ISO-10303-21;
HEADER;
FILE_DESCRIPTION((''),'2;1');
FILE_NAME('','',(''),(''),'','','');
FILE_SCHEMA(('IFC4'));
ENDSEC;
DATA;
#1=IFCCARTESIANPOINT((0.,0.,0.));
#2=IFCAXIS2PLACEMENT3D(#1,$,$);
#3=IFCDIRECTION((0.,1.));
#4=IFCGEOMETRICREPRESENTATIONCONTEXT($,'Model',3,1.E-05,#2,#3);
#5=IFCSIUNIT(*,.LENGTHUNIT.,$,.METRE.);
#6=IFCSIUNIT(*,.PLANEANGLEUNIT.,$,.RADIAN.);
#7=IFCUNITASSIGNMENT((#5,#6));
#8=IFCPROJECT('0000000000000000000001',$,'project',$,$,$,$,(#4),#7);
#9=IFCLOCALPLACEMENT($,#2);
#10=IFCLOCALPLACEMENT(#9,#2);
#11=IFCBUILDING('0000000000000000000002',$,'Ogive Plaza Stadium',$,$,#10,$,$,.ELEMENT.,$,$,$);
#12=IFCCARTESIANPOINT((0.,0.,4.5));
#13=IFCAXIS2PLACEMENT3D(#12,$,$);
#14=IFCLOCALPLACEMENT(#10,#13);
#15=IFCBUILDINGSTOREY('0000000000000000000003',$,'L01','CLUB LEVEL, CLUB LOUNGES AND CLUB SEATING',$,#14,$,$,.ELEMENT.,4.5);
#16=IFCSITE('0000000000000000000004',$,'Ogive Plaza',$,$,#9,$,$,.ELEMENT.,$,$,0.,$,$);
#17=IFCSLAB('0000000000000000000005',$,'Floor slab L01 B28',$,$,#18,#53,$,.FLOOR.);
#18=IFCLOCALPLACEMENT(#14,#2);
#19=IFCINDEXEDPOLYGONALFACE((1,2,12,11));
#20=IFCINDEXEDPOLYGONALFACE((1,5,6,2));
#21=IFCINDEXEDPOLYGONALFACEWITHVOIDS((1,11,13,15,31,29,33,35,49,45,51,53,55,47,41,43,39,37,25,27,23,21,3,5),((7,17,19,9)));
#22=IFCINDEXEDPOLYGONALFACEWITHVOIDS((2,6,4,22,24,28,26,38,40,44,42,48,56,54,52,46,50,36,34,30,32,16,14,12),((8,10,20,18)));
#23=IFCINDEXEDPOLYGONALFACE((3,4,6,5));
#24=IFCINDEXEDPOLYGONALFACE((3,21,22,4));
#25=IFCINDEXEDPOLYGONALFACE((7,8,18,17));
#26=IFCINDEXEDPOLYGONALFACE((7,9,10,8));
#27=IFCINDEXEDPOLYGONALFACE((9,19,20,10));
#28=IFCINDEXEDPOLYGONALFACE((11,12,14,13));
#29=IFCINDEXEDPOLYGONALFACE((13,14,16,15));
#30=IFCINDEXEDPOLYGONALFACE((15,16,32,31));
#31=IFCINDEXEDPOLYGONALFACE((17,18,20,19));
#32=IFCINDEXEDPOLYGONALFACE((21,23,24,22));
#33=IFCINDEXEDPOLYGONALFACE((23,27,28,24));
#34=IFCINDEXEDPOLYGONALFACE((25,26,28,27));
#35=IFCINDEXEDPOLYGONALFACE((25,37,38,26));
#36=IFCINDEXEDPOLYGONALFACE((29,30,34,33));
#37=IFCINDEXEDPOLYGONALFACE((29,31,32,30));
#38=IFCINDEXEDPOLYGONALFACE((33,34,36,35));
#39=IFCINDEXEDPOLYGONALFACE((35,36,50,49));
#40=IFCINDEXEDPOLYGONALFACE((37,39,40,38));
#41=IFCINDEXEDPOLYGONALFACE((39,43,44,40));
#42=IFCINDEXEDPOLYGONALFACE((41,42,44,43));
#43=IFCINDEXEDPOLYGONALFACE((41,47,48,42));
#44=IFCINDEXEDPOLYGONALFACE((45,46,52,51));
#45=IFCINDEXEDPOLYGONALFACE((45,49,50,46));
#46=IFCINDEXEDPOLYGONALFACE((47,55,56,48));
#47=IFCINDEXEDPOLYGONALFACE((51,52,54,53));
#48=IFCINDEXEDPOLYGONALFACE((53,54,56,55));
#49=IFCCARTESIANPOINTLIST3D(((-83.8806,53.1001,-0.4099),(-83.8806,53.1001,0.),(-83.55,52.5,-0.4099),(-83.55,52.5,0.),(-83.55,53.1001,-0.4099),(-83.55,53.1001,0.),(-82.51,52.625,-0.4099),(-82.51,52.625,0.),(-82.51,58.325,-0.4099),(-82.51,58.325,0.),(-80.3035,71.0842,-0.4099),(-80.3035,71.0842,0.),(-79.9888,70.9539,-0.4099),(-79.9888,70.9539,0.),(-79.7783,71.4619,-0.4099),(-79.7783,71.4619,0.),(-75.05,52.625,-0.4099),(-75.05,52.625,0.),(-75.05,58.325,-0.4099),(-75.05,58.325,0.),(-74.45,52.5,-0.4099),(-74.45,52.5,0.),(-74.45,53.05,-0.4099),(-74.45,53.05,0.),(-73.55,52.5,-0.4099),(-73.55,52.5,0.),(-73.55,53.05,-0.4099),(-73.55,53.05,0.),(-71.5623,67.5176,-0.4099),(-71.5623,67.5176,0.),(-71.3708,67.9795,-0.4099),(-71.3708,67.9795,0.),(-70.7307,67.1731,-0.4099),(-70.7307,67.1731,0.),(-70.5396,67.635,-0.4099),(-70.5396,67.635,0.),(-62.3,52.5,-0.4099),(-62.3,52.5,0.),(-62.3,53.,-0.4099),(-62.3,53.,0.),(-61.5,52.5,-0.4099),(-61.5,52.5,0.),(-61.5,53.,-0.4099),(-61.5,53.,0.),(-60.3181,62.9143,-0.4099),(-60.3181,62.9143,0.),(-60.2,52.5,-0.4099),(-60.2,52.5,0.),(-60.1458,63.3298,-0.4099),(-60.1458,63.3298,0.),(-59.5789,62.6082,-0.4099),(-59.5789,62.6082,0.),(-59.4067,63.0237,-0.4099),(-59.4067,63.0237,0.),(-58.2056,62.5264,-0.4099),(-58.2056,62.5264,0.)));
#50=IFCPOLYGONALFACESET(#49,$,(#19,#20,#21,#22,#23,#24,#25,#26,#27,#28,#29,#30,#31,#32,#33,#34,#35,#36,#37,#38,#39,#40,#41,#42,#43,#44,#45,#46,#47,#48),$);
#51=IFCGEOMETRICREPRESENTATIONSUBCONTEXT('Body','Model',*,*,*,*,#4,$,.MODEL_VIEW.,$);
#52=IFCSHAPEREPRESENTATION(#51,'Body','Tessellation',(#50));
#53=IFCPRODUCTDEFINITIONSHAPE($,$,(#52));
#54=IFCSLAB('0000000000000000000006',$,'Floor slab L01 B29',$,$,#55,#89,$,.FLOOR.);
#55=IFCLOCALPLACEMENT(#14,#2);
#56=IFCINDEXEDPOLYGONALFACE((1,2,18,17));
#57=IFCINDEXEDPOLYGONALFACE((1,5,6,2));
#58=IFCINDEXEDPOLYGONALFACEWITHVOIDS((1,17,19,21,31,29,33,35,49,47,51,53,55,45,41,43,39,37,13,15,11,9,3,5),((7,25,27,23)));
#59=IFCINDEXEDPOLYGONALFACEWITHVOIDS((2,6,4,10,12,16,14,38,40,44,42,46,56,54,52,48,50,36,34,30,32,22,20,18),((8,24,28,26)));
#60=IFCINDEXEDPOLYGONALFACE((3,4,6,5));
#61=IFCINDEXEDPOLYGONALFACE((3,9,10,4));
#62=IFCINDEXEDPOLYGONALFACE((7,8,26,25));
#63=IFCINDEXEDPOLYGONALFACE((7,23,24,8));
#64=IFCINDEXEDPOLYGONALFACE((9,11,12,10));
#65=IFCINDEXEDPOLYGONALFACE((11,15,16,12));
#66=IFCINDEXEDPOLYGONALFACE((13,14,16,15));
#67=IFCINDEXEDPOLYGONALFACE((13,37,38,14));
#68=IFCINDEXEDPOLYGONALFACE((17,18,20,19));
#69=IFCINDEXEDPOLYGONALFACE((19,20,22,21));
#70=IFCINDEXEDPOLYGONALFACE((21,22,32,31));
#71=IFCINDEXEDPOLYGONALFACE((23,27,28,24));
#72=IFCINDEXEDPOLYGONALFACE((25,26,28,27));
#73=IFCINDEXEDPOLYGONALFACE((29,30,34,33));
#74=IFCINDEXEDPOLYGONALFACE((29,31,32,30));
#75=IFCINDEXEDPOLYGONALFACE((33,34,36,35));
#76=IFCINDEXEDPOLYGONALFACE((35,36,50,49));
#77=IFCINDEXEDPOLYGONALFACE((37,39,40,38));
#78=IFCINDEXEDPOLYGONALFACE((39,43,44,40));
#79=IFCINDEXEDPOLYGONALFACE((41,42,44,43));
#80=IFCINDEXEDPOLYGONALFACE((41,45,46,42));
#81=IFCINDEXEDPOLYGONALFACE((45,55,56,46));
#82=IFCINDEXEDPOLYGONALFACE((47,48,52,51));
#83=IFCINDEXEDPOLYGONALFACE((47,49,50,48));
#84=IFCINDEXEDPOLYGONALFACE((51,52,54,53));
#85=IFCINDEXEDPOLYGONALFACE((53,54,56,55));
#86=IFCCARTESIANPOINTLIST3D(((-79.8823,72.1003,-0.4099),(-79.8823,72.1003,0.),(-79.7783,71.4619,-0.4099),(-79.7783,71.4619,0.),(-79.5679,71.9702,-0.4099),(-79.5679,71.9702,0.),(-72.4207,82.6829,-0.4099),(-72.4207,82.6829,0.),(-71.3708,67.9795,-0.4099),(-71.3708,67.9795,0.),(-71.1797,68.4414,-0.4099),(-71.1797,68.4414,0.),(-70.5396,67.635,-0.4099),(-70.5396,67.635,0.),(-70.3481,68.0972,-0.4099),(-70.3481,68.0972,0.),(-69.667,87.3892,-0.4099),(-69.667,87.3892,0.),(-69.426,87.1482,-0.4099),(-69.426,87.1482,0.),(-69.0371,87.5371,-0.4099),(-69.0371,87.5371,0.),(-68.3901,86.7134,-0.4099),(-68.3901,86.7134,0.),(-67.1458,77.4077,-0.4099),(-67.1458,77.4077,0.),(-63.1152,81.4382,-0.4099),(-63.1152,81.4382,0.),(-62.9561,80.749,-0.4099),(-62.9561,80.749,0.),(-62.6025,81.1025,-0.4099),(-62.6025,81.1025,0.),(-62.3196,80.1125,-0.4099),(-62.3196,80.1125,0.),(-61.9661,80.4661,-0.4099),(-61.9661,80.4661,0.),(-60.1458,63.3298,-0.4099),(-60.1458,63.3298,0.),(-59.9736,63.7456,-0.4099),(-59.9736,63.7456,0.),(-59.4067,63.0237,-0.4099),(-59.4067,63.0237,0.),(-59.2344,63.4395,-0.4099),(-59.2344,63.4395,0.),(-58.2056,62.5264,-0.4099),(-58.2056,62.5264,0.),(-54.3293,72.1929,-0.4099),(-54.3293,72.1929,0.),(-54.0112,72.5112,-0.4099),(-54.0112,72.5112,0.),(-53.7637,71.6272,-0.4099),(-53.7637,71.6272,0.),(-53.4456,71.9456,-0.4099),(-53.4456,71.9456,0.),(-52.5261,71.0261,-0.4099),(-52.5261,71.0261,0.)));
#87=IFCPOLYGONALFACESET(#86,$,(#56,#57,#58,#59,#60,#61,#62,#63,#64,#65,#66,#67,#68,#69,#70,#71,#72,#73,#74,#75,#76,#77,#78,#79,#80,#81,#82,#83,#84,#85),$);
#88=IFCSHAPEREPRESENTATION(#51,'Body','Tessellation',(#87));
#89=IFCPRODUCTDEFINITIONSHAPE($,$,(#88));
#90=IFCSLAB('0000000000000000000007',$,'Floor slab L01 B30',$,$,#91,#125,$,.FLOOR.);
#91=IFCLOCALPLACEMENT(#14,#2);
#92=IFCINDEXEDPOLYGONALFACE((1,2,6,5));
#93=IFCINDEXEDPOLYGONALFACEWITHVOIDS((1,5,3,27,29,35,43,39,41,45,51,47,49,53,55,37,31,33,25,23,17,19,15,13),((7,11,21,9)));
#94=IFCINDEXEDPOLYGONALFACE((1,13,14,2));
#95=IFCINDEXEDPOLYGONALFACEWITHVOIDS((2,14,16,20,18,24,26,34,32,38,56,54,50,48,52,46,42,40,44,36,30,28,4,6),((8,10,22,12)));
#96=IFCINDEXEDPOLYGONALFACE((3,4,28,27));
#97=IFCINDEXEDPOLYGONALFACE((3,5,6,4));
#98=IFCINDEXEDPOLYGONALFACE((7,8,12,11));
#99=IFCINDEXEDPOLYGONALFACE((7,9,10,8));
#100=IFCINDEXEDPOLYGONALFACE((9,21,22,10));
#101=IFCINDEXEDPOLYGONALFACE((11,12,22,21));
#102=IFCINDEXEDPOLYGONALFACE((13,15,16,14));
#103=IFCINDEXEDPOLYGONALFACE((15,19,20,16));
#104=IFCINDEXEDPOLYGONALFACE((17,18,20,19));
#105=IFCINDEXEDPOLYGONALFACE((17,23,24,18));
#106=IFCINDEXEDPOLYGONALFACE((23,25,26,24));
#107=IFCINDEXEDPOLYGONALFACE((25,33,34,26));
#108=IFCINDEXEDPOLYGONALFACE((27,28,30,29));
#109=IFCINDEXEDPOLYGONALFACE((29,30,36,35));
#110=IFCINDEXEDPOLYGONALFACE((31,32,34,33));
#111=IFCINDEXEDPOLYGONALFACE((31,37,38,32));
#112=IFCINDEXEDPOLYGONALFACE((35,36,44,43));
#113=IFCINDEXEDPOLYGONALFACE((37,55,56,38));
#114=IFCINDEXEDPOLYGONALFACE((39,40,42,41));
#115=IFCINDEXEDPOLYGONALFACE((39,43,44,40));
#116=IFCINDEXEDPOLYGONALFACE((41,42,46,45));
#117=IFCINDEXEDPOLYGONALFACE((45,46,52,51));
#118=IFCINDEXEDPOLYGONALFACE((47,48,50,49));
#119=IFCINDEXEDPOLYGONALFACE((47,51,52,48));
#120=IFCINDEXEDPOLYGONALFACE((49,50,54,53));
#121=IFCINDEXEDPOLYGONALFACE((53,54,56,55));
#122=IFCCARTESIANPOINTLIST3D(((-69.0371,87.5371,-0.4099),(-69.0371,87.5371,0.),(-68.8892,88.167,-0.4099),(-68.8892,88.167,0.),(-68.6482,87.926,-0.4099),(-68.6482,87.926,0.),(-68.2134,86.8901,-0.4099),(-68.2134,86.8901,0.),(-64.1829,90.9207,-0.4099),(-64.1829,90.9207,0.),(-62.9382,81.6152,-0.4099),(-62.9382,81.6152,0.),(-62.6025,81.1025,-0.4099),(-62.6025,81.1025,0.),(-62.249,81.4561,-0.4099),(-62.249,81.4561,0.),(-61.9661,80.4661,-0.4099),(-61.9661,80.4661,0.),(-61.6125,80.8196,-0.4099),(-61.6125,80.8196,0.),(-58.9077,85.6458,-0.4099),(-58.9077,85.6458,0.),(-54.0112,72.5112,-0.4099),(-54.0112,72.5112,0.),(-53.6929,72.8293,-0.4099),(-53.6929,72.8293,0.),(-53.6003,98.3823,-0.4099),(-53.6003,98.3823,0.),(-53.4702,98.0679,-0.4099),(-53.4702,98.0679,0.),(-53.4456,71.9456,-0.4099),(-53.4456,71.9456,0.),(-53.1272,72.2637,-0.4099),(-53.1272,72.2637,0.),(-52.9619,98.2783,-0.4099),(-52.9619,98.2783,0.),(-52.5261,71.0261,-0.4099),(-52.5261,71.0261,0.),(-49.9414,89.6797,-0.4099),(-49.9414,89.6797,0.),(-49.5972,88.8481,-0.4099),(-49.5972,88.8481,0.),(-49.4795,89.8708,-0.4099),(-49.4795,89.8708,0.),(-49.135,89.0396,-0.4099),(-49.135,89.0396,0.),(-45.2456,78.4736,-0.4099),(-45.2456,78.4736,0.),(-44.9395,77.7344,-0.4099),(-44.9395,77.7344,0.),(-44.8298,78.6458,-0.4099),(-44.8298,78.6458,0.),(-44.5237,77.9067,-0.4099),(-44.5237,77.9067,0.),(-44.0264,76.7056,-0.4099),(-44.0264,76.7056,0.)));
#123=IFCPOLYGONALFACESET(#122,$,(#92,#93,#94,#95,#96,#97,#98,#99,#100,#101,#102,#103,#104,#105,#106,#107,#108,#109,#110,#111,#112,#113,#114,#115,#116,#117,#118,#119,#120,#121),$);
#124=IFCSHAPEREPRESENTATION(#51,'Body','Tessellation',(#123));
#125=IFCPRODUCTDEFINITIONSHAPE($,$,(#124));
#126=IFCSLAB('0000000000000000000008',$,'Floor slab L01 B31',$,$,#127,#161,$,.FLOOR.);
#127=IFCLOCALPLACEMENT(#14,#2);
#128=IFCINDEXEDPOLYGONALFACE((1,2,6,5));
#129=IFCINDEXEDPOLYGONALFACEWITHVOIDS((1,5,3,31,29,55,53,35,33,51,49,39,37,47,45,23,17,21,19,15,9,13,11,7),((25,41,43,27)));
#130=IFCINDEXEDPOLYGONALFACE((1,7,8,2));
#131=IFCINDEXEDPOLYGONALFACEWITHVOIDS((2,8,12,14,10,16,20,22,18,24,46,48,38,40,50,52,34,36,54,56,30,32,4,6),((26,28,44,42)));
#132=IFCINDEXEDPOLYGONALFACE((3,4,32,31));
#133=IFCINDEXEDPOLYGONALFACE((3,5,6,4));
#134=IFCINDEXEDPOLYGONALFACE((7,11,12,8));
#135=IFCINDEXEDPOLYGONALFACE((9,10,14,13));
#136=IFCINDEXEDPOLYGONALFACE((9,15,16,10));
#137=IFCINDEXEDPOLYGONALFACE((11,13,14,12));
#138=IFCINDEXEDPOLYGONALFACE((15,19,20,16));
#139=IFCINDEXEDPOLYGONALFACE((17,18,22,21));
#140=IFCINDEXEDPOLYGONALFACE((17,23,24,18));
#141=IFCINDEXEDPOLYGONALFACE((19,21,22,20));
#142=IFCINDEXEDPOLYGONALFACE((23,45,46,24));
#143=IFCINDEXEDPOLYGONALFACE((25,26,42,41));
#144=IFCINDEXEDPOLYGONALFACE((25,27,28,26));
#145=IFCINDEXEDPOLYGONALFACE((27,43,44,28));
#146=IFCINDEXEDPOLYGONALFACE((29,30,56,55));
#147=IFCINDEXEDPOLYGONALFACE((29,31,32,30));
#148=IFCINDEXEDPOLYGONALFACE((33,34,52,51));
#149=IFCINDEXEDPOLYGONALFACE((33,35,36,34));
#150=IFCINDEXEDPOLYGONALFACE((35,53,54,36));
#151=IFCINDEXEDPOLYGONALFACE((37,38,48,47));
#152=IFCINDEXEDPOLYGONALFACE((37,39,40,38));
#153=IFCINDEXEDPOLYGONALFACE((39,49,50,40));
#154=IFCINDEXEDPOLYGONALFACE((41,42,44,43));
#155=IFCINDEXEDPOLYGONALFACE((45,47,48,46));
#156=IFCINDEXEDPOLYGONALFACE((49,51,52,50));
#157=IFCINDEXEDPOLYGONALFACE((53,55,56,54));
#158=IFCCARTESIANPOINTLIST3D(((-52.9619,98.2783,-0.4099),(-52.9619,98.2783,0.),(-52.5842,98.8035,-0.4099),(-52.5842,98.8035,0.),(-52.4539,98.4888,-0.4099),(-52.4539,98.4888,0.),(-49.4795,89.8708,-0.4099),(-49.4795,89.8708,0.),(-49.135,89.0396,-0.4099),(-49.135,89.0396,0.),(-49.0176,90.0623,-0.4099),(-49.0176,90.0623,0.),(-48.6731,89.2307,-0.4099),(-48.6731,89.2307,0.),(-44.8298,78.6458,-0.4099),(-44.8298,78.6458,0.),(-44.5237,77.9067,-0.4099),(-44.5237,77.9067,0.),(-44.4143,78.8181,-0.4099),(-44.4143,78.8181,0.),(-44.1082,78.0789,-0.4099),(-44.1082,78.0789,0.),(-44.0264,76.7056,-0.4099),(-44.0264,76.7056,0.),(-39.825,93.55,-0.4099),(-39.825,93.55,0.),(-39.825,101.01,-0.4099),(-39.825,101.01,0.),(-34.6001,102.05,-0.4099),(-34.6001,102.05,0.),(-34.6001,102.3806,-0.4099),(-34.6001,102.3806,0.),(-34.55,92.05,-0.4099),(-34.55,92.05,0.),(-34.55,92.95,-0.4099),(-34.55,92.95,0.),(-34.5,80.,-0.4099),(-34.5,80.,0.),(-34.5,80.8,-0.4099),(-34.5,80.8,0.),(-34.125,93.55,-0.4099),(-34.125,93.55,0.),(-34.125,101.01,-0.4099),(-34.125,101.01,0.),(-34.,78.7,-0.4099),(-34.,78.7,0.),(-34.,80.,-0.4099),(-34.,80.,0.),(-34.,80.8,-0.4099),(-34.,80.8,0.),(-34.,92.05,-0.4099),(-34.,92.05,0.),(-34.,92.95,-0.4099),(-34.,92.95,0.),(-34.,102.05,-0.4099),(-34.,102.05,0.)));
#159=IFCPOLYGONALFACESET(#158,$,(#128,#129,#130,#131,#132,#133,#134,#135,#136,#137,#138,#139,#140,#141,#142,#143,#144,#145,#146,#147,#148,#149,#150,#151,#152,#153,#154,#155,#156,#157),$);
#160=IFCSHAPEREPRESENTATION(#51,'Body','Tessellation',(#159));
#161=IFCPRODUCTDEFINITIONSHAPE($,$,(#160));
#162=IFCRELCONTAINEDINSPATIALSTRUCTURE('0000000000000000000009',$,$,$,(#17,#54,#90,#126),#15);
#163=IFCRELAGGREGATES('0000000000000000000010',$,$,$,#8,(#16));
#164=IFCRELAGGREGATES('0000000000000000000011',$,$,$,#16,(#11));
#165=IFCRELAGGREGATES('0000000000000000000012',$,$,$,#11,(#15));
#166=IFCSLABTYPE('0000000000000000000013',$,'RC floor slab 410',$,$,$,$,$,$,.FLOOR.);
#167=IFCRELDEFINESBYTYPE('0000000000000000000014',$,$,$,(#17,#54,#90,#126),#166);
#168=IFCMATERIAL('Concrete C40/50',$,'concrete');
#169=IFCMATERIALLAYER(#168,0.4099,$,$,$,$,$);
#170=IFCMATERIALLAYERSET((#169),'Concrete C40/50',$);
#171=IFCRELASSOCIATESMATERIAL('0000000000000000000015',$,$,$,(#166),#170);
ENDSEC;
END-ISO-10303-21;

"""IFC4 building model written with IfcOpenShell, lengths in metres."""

from ifc_helpers import new_model, si_unit, direction, frame, origin, place, context, subcontext, project, spatial, polyline, outline, extrude, material, layer, layer_set, type_object, element, save


model = new_model("IFC4")

# Units and contexts
model_context = context("Model", 3, precision=1e-05, world=origin(), true_north=direction((0.0, 1.0)))
body_context = subcontext(model_context, "Body", "Model", "MODEL_VIEW")
ifc_project = project(units=[si_unit("LENGTHUNIT", "METRE"), si_unit("PLANEANGLEUNIT", "RADIAN")], contexts=[model_context])

# Site, building, storey
site_placement = place(None, origin())
site = spatial("IfcSite", under=ifc_project, at=site_placement, Name="Ogive Plaza", CompositionType="ELEMENT", RefElevation=0.0)
building_placement = place(site_placement, origin())
building = spatial("IfcBuilding", under=site, at=building_placement, Name="Ogive Plaza Stadium", CompositionType="ELEMENT")
storey_placement = place(building_placement, frame((0.0, 0.0, 4.5)))
storey = spatial("IfcBuildingStorey", under=building, at=storey_placement, Name="L01", Description="CLUB LEVEL, CLUB LOUNGES AND CLUB SEATING", CompositionType="ELEMENT", Elevation=4.5)

# Slabs
ifc_material = material(Name="Concrete C40/50", Category="concrete")
ifc_layer = layer(ifc_material, 0.4099)
ifc_layer_set = layer_set([ifc_layer], Name="Concrete C40/50")
slab_type = type_object("IfcSlabType", Name="RC floor slab 410", PredefinedType="FLOOR", material=ifc_layer_set)
slab_1_placement = place(storey_placement, frame((0.0, 0.0, -0.4099)))
element("IfcSlab", 1, at=slab_1_placement, inside=storey, type_object=slab_type, Name="Floor slab L01 B28", PredefinedType="FLOOR", context=body_context, shape_type="SweptSolid", body=[
    extrude(outline(polyline([(-59.4067, 63.0237), (-59.5789, 62.6082), (-60.3181, 62.9143), (-60.1458, 63.3298), (-70.5396, 67.635), (-70.7307, 67.1731), (-71.5623, 67.5176), (-71.3708, 67.9795), (-79.7783, 71.4619), (-79.9888, 70.9539), (-80.3035, 71.0842), (-83.8806, 53.1001), (-83.55, 53.1001), (-83.55, 52.5), (-74.45, 52.5), (-74.45, 53.05), (-73.55, 53.05), (-73.55, 52.5), (-62.3, 52.5), (-62.3, 53.0), (-61.5, 53.0), (-61.5, 52.5), (-60.2, 52.5), (-58.2056, 62.5264), (-59.4067, 63.0237)]), holes=[polyline([(-75.05, 58.325), (-82.51, 58.325), (-82.51, 52.625), (-75.05, 52.625), (-75.05, 58.325)])]), origin(), (0.0, 0.0, 1.0), 0.4099),
])
slab_2_placement = place(storey_placement, frame((0.0, 0.0, -0.4099)))
element("IfcSlab", 2, at=slab_2_placement, inside=storey, type_object=slab_type, Name="Floor slab L01 B29", PredefinedType="FLOOR", context=body_context, shape_type="SweptSolid", body=[
    extrude(outline(polyline([(-53.4456, 71.9456), (-53.7637, 71.6272), (-54.3293, 72.1929), (-54.0112, 72.5112), (-61.9661, 80.4661), (-62.3196, 80.1125), (-62.9561, 80.749), (-62.6025, 81.1025), (-69.0371, 87.5371), (-69.426, 87.1482), (-69.667, 87.3892), (-79.8823, 72.1003), (-79.5679, 71.9702), (-79.7783, 71.4619), (-71.3708, 67.9795), (-71.1797, 68.4414), (-70.3481, 68.0972), (-70.5396, 67.635), (-60.1458, 63.3298), (-59.9736, 63.7456), (-59.2344, 63.4395), (-59.4067, 63.0237), (-58.2056, 62.5264), (-52.5261, 71.0261), (-53.4456, 71.9456)]), holes=[polyline([(-67.1458, 77.4077), (-63.1152, 81.4382), (-68.3901, 86.7134), (-72.4207, 82.6829), (-67.1458, 77.4077)])]), origin(), (0.0, 0.0, 1.0), 0.4099),
])
slab_3_placement = place(storey_placement, frame((0.0, 0.0, -0.4099)))
element("IfcSlab", 3, at=slab_3_placement, inside=storey, type_object=slab_type, Name="Floor slab L01 B30", PredefinedType="FLOOR", context=body_context, shape_type="SweptSolid", body=[
    extrude(outline(polyline([(-44.5237, 77.9067), (-44.9395, 77.7344), (-45.2456, 78.4736), (-44.8298, 78.6458), (-49.135, 89.0396), (-49.5972, 88.8481), (-49.9414, 89.6797), (-49.4795, 89.8708), (-52.9619, 98.2783), (-53.4702, 98.0679), (-53.6003, 98.3823), (-68.8892, 88.167), (-68.6482, 87.926), (-69.0371, 87.5371), (-62.6025, 81.1025), (-62.249, 81.4561), (-61.6125, 80.8196), (-61.9661, 80.4661), (-54.0112, 72.5112), (-53.6929, 72.8293), (-53.1272, 72.2637), (-53.4456, 71.9456), (-52.5261, 71.0261), (-44.0264, 76.7056), (-44.5237, 77.9067)]), holes=[polyline([(-62.9382, 81.6152), (-58.9077, 85.6458), (-64.1829, 90.9207), (-68.2134, 86.8901), (-62.9382, 81.6152)])]), origin(), (0.0, 0.0, 1.0), 0.4099),
])
slab_4_placement = place(storey_placement, frame((0.0, 0.0, -0.4099)))
element("IfcSlab", 4, at=slab_4_placement, inside=storey, type_object=slab_type, Name="Floor slab L01 B31", PredefinedType="FLOOR", context=body_context, shape_type="SweptSolid", body=[
    extrude(outline(polyline([(-34.0, 80.0), (-34.5, 80.0), (-34.5, 80.8), (-34.0, 80.8), (-34.0, 92.05), (-34.55, 92.05), (-34.55, 92.95), (-34.0, 92.95), (-34.0, 102.05), (-34.6001, 102.05), (-34.6001, 102.3806), (-52.5842, 98.8035), (-52.4539, 98.4888), (-52.9619, 98.2783), (-49.4795, 89.8708), (-49.0176, 90.0623), (-48.6731, 89.2307), (-49.135, 89.0396), (-44.8298, 78.6458), (-44.4143, 78.8181), (-44.1082, 78.0789), (-44.5237, 77.9067), (-44.0264, 76.7056), (-34.0, 78.7), (-34.0, 80.0)]), holes=[polyline([(-39.825, 93.55), (-34.125, 93.55), (-34.125, 101.01), (-39.825, 101.01), (-39.825, 93.55)])]), origin(), (0.0, 0.0, 1.0), 0.4099),
])

save(model, "model.ifc")
